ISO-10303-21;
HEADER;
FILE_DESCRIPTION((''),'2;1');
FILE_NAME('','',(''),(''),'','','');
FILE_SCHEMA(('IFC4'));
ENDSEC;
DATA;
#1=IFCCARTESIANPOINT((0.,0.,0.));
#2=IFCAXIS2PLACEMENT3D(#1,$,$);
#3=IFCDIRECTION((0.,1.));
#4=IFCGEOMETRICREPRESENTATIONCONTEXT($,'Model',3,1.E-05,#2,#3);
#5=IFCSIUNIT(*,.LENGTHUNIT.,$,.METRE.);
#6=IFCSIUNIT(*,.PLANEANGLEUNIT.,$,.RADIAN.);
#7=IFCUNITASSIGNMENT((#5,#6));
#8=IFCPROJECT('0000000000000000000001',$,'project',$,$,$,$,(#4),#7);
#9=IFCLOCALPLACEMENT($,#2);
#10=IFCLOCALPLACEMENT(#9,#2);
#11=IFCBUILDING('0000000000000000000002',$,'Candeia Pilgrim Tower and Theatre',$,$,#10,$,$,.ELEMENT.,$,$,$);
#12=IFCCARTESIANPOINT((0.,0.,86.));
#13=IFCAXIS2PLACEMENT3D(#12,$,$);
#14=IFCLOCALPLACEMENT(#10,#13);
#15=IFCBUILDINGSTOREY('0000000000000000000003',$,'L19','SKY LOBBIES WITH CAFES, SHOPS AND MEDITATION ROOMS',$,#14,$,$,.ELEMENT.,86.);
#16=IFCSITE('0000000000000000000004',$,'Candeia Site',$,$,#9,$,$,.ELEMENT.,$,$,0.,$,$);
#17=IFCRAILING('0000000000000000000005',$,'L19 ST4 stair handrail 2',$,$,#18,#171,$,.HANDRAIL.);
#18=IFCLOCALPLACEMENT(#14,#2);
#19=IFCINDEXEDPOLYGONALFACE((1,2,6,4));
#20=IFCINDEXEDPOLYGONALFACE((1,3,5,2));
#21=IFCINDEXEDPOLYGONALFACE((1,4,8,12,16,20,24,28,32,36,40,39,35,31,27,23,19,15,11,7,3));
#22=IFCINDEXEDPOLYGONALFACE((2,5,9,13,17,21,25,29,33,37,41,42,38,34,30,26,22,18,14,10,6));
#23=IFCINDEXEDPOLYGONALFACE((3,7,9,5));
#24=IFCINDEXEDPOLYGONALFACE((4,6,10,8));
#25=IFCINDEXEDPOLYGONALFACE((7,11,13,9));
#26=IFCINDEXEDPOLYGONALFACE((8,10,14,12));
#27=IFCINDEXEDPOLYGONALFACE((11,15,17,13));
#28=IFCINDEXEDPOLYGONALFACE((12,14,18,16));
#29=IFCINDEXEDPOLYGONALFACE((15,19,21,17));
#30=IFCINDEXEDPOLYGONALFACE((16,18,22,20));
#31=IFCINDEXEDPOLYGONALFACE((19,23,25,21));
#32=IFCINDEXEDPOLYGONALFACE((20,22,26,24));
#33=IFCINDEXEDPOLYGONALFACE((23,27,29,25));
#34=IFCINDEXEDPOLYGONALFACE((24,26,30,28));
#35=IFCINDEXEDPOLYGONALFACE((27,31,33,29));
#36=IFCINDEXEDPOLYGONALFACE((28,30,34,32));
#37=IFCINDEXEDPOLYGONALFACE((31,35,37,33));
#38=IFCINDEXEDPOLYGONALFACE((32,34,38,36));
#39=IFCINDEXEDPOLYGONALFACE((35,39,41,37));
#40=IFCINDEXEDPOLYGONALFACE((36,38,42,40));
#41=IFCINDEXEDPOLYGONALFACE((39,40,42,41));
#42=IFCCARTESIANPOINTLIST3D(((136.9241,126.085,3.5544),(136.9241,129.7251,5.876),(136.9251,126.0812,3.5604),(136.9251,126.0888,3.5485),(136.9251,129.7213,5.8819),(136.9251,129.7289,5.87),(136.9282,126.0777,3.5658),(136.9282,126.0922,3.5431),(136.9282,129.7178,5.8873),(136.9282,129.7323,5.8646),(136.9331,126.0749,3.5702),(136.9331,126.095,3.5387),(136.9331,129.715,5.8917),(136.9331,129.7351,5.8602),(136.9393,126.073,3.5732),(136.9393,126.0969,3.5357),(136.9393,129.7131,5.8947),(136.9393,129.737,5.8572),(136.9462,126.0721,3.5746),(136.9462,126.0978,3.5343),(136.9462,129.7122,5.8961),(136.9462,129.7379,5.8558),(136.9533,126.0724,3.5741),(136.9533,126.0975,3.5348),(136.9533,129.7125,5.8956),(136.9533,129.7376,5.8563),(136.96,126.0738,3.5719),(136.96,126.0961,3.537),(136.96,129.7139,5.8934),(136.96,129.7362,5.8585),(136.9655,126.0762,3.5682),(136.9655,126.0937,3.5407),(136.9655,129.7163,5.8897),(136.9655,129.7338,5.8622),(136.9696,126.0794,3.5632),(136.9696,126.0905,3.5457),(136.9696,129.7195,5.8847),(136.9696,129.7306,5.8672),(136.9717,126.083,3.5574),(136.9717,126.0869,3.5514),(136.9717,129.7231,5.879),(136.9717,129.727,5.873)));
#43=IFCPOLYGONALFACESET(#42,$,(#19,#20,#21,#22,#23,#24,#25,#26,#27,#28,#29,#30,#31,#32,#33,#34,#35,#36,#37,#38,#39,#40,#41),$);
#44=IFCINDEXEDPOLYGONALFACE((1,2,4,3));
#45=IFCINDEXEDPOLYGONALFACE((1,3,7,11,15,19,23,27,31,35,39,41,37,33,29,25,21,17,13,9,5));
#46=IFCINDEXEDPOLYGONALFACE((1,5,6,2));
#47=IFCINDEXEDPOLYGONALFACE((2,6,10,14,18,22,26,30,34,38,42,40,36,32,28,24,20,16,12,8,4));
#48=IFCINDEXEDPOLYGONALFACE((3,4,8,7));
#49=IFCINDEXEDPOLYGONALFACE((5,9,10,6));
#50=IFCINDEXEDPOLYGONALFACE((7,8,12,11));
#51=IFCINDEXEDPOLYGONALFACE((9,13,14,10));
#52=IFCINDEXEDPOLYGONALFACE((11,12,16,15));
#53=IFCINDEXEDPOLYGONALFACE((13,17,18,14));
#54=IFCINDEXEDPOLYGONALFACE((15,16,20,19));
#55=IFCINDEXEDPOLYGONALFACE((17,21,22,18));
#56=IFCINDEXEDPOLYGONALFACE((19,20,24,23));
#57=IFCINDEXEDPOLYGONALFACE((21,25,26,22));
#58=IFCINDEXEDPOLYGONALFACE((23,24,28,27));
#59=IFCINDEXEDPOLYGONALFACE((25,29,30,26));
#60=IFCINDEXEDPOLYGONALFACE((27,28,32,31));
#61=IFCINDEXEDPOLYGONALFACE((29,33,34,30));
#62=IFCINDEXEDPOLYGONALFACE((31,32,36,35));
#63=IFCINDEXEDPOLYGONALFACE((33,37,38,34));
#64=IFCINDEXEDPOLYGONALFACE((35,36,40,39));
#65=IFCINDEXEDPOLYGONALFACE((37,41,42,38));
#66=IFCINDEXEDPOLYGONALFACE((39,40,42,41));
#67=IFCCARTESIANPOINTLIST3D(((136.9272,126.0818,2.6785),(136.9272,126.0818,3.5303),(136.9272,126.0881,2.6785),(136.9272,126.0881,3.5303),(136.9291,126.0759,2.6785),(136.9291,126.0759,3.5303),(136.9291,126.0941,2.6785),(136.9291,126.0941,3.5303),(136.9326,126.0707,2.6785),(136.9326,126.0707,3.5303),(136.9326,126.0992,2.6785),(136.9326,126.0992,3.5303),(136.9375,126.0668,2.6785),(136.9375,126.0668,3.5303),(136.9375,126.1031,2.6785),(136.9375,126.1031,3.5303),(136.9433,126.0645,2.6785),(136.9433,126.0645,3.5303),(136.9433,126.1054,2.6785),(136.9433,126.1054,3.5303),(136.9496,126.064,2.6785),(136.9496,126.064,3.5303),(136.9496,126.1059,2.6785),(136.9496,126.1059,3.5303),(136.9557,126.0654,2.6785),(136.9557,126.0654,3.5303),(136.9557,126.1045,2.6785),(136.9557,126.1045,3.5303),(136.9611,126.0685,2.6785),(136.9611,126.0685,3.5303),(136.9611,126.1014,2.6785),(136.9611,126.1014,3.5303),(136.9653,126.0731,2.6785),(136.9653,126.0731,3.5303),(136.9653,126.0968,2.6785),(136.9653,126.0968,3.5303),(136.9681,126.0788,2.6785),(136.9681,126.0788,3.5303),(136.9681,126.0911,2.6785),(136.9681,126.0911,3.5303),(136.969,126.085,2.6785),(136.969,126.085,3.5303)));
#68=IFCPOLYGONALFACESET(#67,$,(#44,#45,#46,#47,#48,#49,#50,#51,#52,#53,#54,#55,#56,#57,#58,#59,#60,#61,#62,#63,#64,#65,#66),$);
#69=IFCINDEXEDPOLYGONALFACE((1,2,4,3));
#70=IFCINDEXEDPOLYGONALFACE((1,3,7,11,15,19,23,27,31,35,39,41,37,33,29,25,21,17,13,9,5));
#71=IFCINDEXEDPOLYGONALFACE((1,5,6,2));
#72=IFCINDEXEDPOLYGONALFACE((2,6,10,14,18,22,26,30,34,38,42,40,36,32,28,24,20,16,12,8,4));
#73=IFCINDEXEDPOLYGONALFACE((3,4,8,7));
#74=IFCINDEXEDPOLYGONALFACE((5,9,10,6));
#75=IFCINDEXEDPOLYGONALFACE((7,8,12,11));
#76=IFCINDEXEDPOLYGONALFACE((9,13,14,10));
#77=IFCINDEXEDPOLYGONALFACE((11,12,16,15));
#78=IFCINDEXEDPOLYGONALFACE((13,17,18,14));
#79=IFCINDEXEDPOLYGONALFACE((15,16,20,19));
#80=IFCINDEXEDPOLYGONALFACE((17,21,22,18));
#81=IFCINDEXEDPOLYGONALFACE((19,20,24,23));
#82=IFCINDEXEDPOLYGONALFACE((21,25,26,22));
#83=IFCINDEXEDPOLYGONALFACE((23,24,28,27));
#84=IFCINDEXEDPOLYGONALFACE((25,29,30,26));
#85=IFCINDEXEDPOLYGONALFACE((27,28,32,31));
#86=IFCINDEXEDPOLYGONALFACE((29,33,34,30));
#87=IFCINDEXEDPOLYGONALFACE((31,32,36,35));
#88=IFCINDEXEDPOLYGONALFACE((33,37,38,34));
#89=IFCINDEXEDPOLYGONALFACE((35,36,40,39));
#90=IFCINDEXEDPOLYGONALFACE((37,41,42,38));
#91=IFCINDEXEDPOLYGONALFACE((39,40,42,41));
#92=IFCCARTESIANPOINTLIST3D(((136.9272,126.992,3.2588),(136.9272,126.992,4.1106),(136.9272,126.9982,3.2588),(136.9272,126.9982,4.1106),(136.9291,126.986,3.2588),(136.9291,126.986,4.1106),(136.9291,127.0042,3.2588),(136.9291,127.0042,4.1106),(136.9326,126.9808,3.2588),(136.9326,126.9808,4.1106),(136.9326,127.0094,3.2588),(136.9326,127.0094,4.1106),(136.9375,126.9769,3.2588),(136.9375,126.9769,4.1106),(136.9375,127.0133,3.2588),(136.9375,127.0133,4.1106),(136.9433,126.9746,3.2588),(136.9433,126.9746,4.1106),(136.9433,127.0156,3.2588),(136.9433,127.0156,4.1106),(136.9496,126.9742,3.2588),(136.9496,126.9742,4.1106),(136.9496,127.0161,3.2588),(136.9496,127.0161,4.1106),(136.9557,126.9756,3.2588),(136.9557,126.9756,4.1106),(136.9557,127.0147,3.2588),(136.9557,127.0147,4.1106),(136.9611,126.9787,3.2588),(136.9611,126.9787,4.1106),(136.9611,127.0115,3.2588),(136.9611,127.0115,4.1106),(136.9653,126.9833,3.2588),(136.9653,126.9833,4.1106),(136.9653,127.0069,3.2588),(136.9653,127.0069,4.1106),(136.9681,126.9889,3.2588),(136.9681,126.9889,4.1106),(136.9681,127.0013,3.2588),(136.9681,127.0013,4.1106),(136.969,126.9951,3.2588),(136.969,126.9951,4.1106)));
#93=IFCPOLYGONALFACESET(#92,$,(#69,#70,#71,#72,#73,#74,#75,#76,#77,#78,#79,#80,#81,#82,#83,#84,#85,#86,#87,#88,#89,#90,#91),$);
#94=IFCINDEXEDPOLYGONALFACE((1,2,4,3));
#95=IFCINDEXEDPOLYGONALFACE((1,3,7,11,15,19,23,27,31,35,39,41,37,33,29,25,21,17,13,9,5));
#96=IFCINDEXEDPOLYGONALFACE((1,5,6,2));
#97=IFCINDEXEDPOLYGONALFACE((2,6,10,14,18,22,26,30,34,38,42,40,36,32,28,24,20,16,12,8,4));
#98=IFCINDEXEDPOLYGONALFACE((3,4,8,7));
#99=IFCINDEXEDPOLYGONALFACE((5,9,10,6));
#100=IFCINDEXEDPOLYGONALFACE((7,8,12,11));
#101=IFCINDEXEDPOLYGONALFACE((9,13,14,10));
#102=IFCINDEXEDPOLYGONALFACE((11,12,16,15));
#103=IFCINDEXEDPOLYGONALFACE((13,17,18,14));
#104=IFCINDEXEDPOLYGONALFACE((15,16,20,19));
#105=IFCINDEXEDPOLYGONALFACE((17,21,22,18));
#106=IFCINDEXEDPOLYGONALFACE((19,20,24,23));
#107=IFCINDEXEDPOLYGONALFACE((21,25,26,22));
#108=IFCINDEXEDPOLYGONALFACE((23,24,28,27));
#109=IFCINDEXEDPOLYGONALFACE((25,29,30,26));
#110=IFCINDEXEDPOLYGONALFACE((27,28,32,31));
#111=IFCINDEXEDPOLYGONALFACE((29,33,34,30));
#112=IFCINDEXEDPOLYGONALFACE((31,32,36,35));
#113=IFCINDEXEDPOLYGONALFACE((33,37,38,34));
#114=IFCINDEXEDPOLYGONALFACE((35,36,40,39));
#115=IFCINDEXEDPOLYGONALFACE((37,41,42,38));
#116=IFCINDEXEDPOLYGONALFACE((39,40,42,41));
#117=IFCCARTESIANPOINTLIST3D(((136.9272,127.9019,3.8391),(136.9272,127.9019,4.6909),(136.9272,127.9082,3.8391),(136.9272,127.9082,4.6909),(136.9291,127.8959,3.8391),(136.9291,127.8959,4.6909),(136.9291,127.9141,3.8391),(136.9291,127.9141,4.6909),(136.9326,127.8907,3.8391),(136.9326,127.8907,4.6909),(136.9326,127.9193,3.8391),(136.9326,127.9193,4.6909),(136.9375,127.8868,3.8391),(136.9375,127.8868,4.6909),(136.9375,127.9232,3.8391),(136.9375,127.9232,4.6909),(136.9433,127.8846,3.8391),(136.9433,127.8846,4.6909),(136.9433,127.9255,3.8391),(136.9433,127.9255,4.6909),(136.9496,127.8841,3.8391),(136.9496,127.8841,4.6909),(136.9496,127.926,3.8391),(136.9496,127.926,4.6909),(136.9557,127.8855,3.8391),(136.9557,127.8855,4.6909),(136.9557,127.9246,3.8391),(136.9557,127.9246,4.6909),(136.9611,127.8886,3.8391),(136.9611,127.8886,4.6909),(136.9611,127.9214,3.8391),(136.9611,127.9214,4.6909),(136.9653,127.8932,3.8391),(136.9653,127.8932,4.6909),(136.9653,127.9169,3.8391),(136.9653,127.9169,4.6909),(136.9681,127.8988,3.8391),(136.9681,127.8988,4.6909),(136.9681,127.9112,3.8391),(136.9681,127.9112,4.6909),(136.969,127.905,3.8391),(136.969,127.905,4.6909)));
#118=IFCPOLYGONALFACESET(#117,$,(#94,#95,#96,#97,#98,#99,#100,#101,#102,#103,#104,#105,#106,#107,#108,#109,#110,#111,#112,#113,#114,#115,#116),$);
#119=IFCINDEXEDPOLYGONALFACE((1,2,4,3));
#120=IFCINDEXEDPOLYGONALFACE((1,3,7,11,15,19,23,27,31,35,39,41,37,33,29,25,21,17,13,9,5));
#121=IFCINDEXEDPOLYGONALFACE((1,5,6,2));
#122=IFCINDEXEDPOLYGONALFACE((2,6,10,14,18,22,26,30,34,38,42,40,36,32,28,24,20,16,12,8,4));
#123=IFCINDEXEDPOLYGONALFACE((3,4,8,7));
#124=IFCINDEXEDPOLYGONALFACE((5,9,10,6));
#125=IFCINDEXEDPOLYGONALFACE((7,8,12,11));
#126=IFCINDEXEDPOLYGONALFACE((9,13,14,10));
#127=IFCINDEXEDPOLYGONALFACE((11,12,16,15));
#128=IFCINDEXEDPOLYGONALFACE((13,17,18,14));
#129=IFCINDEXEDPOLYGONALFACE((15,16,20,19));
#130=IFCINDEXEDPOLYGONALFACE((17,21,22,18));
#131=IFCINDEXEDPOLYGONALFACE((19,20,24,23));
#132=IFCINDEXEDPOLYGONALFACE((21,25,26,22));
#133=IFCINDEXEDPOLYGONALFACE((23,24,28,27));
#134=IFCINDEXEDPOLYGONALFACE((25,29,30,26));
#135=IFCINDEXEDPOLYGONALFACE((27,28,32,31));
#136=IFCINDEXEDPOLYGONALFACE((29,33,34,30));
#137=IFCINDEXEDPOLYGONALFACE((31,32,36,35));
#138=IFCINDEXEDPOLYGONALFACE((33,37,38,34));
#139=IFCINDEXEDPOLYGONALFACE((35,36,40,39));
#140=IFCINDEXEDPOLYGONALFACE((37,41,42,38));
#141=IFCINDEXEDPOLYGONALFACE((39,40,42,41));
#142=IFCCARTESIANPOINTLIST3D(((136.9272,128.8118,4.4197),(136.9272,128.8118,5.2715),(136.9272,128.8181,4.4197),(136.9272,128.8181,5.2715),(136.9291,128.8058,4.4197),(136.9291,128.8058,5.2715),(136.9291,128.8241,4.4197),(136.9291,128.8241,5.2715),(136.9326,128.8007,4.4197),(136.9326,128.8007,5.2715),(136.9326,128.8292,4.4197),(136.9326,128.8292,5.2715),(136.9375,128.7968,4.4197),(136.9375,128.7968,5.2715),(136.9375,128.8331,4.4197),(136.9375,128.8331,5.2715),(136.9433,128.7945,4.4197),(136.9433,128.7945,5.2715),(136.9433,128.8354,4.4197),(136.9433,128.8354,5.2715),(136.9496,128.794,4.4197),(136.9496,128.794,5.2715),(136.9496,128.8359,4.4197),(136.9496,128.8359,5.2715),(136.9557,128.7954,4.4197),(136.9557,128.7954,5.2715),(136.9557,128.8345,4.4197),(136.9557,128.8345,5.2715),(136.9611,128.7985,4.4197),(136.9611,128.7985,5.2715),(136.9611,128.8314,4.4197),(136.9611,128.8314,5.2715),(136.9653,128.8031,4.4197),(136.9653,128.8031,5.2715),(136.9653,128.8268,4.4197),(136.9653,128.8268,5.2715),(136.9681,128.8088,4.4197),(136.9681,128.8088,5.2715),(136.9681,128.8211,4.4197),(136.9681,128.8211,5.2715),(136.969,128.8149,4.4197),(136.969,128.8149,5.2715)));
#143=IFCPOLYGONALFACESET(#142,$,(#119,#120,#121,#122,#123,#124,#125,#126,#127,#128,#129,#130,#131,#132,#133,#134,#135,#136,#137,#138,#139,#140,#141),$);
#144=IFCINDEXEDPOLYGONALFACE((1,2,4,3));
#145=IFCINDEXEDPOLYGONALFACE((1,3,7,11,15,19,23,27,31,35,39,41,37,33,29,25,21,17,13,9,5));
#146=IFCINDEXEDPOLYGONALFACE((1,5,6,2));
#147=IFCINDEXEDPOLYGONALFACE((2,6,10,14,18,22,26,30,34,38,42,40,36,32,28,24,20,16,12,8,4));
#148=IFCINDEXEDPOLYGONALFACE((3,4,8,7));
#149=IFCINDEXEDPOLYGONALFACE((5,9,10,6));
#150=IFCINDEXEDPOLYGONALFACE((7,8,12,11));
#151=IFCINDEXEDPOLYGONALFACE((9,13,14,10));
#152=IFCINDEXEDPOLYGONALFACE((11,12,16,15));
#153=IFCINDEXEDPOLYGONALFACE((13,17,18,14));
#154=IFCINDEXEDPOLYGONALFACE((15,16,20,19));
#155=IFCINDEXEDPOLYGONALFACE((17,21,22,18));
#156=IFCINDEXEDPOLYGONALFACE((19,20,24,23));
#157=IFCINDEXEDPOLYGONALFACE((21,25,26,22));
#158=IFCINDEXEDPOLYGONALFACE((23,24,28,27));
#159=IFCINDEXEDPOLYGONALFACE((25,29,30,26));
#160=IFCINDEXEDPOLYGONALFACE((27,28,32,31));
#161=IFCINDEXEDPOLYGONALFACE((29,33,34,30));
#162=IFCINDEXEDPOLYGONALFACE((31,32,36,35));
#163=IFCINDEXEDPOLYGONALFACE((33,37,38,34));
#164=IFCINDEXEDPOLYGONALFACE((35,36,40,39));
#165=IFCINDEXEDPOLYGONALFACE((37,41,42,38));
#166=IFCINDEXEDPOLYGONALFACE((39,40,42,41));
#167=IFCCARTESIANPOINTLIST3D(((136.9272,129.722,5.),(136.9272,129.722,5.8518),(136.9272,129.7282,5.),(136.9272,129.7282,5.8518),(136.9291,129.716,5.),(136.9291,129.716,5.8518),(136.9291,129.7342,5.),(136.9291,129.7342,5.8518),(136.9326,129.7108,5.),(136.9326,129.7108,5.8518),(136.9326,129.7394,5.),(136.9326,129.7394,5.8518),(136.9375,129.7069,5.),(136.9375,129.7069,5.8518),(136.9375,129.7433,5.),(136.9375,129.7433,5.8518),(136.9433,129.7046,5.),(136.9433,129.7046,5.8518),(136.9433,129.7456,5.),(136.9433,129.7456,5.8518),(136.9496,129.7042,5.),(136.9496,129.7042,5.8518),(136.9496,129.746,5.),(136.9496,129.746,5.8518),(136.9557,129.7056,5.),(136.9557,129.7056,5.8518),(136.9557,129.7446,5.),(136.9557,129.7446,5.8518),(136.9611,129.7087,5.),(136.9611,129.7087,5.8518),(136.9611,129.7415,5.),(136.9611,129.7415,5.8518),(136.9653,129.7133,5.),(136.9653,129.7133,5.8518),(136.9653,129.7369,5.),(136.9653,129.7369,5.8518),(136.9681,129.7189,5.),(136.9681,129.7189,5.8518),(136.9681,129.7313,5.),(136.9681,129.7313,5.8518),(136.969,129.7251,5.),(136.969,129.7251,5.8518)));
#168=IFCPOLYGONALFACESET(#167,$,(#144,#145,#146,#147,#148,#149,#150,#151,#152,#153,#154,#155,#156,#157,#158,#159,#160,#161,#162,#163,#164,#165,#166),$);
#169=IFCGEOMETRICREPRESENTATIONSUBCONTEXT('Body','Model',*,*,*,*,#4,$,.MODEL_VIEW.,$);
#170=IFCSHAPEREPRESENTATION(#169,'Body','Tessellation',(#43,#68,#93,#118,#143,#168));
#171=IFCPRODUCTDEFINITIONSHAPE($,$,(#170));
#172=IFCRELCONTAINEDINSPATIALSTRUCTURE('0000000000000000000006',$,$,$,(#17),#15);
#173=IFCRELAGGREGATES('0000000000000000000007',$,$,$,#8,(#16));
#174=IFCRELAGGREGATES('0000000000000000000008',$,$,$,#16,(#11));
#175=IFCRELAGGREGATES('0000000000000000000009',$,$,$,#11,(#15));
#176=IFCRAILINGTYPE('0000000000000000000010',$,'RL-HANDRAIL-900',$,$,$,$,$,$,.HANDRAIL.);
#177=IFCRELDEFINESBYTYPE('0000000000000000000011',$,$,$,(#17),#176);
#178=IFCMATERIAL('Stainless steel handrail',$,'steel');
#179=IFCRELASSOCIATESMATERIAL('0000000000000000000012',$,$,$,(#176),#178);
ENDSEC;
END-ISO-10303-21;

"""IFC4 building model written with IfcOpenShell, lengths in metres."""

from ifc_helpers import new_model, si_unit, direction, frame, origin, origin_2d, place, context, subcontext, project, spatial, circle, extrude, material, type_object, element, save


model = new_model("IFC4")

# Units and contexts
model_context = context("Model", 3, precision=1e-05, world=origin(), true_north=direction((0.0, 1.0)))
body_context = subcontext(model_context, "Body", "Model", "MODEL_VIEW")
ifc_project = project(units=[si_unit("LENGTHUNIT", "METRE"), si_unit("PLANEANGLEUNIT", "RADIAN")], contexts=[model_context])

# Site, building, storey
site_placement = place(None, origin())
site = spatial("IfcSite", under=ifc_project, at=site_placement, Name="Candeia Site", CompositionType="ELEMENT", RefElevation=0.0)
building_placement = place(site_placement, origin())
building = spatial("IfcBuilding", under=site, at=building_placement, Name="Candeia Pilgrim Tower and Theatre", CompositionType="ELEMENT")
storey_placement = place(building_placement, frame((0.0, 0.0, 86.0)))
storey = spatial("IfcBuildingStorey", under=building, at=storey_placement, Name="L19", Description="SKY LOBBIES WITH CAFES, SHOPS AND MEDITATION ROOMS", CompositionType="ELEMENT", Elevation=86.0)

# Railing
ifc_material_1 = material(Name="Stainless steel handrail", Category="steel")
railing_type_1 = type_object("IfcRailingType", Name="RL-HANDRAIL-900", PredefinedType="HANDRAIL", material=ifc_material_1)
railing_1_placement = place(storey_placement, frame((136.948, 126.085, 2.6785)))
element("IfcRailing", 1, at=railing_1_placement, inside=storey, type_object=railing_type_1, Name="L19 ST4 stair handrail 2", PredefinedType="HANDRAIL", context=body_context, shape_type="SweptSolid", body=[
    extrude(circle(Radius=0.0239, at=origin_2d()), frame((0.0, 0.0, 0.876), z_axis=(0.0, 0.843128, 0.537713), x_axis=(-1.0, 0.0, 0.0)), (0.0, 0.0, 1.0), 4.3174),
    extrude(circle(Radius=0.021, at=origin_2d()), origin(), (0.0, 0.0, 1.0), 0.8518),
    extrude(circle(Radius=0.021, at=origin_2d()), frame((0.0, 0.9102, 0.5803)), (0.0, 0.0, 1.0), 0.8518),
    extrude(circle(Radius=0.021, at=origin_2d()), frame((0.0, 1.8201, 1.1606)), (0.0, 0.0, 1.0), 0.8518),
    extrude(circle(Radius=0.021, at=origin_2d()), frame((0.0, 2.73, 1.7412)), (0.0, 0.0, 1.0), 0.8518),
    extrude(circle(Radius=0.021, at=origin_2d()), frame((0.0, 3.6401, 2.3215)), (0.0, 0.0, 1.0), 0.8518),
])

save(model, "model.ifc")
